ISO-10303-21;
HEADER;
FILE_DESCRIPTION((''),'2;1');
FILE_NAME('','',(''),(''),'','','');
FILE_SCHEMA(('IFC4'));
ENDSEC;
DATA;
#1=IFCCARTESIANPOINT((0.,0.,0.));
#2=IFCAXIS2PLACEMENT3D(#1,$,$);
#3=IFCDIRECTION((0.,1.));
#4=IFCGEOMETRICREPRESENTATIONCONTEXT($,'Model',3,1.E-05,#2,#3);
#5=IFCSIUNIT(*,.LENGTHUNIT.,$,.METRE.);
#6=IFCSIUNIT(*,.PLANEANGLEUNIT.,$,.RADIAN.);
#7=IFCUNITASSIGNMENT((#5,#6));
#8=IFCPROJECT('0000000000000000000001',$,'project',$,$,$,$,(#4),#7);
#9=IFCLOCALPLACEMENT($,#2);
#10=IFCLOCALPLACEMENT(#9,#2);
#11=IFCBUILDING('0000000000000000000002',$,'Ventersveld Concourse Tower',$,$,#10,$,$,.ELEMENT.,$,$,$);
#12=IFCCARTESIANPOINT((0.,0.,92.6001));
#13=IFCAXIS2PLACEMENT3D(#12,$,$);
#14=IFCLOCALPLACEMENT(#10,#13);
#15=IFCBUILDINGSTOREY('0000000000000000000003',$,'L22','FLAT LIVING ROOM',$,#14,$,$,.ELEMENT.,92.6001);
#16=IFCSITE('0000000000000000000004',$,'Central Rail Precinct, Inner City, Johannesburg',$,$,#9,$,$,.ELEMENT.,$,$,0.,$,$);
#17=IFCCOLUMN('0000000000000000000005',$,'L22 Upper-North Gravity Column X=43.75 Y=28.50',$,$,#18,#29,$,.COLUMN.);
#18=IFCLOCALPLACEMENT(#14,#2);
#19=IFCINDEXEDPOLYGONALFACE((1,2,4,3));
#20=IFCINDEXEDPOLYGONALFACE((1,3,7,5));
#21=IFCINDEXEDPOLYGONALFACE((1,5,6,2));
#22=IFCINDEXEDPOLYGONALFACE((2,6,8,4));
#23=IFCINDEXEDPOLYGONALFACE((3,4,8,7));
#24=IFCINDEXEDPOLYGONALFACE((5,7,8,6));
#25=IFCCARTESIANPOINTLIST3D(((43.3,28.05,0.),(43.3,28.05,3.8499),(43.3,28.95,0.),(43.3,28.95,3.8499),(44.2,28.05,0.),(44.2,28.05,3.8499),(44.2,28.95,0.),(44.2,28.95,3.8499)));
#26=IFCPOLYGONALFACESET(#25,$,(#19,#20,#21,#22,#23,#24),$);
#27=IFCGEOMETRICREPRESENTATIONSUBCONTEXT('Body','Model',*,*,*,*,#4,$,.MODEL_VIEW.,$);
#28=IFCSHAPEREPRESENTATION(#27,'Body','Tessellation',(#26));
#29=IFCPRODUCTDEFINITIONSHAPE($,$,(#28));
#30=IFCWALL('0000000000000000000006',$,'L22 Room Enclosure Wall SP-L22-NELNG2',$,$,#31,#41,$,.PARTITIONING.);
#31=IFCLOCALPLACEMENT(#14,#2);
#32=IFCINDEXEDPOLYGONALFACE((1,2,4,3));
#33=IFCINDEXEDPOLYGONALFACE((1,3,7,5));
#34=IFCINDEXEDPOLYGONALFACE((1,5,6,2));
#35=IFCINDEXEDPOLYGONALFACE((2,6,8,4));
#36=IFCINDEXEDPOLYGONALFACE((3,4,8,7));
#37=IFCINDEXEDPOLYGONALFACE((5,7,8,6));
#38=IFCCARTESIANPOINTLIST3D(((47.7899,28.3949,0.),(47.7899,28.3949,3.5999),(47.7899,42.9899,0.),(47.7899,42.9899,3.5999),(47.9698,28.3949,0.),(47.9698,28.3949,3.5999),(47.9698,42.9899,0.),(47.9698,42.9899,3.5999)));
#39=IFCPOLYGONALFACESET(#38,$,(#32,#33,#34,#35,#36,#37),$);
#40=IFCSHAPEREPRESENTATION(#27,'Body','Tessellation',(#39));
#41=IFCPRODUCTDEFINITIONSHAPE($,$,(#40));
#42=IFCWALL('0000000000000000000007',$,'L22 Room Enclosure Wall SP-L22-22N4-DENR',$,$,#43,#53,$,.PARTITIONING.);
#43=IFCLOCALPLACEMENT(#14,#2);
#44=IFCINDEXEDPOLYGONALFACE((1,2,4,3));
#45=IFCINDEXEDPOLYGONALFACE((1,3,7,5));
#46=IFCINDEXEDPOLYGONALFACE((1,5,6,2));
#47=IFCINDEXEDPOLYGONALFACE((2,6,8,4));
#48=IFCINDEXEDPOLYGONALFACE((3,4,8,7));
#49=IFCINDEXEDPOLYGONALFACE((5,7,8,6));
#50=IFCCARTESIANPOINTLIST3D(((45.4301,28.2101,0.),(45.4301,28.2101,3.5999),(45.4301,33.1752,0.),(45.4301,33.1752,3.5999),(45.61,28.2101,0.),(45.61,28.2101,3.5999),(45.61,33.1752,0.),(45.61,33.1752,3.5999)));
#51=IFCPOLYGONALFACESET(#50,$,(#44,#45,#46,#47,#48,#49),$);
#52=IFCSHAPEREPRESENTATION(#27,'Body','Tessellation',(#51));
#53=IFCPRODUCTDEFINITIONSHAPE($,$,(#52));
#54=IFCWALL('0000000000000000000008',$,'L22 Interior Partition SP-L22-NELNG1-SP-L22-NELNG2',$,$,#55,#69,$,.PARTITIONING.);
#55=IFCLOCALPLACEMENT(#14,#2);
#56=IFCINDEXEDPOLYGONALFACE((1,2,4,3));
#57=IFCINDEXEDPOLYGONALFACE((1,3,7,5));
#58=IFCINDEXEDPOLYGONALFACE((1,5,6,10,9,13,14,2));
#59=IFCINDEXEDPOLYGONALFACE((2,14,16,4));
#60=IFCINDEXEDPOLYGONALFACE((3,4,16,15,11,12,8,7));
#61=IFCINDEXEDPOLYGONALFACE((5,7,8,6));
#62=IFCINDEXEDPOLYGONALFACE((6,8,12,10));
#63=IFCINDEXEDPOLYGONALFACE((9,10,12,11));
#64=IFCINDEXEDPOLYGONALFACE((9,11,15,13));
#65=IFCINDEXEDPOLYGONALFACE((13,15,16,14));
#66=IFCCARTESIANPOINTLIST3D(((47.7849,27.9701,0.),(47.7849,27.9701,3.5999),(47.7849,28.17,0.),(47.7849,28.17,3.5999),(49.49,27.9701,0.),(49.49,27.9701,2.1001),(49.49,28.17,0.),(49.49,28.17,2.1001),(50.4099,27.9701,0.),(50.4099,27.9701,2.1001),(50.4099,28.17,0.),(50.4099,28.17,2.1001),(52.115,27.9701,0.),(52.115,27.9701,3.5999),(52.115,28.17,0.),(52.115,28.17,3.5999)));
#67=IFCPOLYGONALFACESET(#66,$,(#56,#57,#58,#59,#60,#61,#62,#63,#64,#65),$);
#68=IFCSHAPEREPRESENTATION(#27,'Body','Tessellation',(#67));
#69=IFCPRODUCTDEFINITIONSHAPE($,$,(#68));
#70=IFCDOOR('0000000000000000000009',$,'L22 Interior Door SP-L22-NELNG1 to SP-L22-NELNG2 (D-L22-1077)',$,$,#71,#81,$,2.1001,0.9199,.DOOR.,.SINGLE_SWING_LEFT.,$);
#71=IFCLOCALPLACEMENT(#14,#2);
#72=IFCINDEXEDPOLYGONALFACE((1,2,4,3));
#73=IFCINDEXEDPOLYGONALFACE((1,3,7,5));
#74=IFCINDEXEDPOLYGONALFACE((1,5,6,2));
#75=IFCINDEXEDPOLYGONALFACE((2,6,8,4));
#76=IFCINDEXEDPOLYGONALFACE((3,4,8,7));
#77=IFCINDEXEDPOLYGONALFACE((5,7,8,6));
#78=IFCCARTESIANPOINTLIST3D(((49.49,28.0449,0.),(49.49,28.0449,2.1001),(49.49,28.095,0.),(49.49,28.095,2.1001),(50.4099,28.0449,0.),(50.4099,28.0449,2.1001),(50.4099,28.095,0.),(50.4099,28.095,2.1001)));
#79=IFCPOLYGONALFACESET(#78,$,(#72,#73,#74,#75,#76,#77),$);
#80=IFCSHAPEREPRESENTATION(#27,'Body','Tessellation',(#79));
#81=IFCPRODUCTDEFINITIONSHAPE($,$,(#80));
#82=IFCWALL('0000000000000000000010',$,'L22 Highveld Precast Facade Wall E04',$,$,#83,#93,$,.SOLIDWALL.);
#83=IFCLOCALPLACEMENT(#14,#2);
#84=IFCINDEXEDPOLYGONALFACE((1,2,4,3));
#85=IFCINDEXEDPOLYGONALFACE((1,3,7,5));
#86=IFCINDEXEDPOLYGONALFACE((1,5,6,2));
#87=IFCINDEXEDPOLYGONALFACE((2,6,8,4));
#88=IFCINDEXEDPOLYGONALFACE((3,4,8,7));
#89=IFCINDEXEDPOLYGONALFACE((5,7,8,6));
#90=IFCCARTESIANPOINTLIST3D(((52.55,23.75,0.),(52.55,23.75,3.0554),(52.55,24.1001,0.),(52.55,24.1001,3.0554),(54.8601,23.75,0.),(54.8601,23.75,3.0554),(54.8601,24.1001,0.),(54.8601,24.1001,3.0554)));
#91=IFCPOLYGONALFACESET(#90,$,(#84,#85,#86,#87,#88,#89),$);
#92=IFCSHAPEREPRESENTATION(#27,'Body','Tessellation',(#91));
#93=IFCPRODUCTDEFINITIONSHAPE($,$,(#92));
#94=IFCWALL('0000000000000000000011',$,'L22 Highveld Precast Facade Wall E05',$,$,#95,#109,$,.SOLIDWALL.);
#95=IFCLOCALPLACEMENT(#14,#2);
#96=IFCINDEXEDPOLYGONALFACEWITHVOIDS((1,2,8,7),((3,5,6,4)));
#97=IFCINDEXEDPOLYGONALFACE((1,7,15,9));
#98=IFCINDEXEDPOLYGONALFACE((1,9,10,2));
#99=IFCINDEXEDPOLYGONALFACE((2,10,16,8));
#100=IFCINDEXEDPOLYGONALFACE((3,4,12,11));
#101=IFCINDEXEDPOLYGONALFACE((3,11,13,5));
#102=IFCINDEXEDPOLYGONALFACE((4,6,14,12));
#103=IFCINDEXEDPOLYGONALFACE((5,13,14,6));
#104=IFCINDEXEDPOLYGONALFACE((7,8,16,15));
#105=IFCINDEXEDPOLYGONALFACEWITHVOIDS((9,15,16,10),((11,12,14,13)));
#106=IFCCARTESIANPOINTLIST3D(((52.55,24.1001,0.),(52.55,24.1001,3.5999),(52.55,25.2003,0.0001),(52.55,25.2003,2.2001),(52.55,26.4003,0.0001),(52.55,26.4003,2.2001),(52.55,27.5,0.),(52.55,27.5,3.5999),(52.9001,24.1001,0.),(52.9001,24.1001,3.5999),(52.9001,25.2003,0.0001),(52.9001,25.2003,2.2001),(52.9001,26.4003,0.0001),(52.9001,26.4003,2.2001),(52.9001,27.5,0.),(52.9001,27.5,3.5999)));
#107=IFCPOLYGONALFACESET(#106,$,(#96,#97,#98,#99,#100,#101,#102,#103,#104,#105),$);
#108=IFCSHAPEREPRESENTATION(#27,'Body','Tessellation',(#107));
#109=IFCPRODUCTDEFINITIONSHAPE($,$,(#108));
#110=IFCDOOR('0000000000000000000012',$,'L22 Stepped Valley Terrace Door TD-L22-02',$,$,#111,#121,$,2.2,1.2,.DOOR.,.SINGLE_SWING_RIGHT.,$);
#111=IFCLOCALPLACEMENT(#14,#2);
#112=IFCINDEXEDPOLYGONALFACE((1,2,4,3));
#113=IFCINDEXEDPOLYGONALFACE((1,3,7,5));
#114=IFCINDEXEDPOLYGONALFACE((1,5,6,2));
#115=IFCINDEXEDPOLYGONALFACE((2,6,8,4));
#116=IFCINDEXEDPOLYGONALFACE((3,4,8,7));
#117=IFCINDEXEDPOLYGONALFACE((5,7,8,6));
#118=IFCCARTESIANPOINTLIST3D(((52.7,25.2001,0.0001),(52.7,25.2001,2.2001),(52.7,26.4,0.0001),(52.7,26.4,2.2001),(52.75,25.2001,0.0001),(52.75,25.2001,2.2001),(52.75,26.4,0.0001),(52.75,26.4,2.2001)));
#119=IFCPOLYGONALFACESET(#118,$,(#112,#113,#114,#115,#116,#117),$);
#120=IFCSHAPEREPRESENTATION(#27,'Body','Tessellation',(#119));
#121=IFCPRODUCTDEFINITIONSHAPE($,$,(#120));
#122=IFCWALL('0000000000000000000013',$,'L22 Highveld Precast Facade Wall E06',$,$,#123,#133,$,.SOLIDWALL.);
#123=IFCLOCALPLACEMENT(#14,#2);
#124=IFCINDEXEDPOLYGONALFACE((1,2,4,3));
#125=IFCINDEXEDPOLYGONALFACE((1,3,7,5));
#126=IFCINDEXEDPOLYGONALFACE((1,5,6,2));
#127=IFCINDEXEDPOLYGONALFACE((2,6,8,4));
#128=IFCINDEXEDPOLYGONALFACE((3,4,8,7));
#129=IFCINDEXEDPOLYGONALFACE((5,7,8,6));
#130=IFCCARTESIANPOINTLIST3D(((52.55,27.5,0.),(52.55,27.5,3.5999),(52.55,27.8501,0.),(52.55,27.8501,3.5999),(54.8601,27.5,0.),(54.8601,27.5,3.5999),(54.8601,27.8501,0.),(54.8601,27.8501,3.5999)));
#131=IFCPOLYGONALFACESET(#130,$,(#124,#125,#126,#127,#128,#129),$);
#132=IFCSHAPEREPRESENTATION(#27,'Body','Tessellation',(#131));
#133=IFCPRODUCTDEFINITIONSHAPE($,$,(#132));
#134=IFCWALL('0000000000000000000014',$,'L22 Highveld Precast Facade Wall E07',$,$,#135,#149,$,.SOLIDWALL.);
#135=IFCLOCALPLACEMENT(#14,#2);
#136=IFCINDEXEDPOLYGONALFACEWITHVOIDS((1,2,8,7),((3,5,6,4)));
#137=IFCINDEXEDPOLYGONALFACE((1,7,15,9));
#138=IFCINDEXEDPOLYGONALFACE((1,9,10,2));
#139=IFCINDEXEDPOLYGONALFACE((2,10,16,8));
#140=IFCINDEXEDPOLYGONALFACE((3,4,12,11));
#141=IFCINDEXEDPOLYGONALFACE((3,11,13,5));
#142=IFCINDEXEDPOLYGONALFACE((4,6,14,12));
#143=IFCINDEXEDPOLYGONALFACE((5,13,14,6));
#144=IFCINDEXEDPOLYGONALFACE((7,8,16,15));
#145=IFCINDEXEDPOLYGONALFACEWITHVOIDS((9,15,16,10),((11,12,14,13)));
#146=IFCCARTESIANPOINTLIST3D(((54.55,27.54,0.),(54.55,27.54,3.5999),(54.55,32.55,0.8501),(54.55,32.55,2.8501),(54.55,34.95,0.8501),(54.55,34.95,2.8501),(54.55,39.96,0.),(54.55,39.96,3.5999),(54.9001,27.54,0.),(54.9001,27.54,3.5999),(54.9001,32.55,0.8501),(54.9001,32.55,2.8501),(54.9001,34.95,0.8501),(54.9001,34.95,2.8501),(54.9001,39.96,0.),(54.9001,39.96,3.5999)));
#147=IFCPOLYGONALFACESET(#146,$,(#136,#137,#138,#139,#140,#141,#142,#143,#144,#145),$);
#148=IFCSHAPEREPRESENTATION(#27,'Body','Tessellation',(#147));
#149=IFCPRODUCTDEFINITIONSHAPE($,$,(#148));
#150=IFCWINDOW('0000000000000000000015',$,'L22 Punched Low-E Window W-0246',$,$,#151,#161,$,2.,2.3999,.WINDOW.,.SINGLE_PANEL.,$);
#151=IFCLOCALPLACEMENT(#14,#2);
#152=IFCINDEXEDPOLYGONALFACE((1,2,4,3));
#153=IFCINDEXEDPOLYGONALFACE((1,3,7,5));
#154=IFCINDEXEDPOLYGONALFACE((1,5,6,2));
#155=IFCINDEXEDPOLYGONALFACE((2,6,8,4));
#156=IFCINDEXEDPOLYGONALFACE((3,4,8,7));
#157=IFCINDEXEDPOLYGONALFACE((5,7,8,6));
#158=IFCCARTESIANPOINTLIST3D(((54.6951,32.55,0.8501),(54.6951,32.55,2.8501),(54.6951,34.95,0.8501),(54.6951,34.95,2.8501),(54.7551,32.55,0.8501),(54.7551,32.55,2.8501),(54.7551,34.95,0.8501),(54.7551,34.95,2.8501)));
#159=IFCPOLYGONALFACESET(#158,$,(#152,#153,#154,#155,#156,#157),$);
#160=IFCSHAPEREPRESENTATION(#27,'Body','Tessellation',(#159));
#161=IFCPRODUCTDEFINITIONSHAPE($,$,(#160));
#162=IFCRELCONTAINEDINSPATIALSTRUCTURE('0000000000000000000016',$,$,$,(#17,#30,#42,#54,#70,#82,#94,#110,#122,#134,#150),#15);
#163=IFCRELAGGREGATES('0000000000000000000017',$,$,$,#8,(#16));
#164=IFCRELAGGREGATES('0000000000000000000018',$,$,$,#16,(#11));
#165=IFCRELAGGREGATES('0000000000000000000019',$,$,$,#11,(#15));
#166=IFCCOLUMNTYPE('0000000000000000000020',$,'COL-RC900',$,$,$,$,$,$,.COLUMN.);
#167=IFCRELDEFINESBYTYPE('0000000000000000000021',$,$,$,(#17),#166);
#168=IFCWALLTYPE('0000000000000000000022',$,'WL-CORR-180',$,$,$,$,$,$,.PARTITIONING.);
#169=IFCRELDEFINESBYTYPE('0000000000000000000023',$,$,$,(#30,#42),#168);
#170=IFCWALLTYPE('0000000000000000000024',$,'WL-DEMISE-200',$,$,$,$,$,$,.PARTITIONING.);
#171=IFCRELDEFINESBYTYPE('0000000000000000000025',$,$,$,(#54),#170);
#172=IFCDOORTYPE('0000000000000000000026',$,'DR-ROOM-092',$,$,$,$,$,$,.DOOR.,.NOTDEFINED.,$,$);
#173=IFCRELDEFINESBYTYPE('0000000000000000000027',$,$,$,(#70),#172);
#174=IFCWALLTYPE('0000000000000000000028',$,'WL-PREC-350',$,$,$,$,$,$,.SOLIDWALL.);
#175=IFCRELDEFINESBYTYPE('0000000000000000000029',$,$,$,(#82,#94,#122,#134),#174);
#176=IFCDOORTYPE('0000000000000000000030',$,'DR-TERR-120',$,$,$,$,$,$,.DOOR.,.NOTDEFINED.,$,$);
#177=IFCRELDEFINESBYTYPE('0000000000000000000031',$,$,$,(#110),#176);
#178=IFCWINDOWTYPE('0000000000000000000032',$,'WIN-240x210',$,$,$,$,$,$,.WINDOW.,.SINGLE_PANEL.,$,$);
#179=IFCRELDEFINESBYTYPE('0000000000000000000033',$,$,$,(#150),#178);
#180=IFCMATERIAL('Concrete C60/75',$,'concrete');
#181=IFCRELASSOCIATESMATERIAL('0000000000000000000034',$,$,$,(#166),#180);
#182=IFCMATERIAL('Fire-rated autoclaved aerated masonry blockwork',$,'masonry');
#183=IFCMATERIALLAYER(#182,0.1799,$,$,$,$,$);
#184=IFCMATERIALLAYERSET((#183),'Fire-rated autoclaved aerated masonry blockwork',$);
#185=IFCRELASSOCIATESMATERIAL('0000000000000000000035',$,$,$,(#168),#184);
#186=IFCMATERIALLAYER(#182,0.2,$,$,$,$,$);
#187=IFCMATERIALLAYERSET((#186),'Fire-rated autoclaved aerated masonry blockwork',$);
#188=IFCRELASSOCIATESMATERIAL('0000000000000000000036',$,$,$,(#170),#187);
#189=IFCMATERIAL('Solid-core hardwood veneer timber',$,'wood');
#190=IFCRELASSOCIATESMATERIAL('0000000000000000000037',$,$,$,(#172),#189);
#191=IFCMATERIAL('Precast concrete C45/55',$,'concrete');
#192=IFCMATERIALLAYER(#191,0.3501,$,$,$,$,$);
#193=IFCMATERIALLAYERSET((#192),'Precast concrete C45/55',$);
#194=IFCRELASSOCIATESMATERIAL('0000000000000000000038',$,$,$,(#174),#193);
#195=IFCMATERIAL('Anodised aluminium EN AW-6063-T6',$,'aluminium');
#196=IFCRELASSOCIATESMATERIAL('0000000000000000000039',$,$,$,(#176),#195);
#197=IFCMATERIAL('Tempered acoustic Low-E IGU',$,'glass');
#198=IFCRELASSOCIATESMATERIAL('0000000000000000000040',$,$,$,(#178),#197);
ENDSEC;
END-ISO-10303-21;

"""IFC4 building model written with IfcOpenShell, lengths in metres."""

from ifc_helpers import new_model, si_unit, direction, frame, frame_2d, origin, origin_2d, place, context, subcontext, project, spatial, rectangle, extrude, material, layer, layer_set, material_profile, profile_set, type_object, element, fill, save


model = new_model("IFC4")

# Units and contexts
model_context = context("Model", 3, precision=1e-05, world=origin(), true_north=direction((0.0, 1.0)))
body_context = subcontext(model_context, "Body", "Model", "MODEL_VIEW")
ifc_project = project(units=[si_unit("LENGTHUNIT", "METRE"), si_unit("PLANEANGLEUNIT", "RADIAN")], contexts=[model_context])

# Site, building, storey
site_placement = place(None, origin())
site = spatial("IfcSite", under=ifc_project, at=site_placement, Name="Central Rail Precinct, Inner City, Johannesburg", CompositionType="ELEMENT", RefElevation=0.0)
building_placement = place(site_placement, origin())
building = spatial("IfcBuilding", under=site, at=building_placement, Name="Ventersveld Concourse Tower", CompositionType="ELEMENT")
storey_placement = place(building_placement, frame((0.0, 0.0, 92.6001)))
storey = spatial("IfcBuildingStorey", under=building, at=storey_placement, Name="L22", Description="FLAT LIVING ROOM", CompositionType="ELEMENT", Elevation=92.6001)

# Column
ifc_material_1 = material(Name="Concrete C60/75", Category="concrete")
ifc_material_profile = material_profile(ifc_material_1, rectangle(XDim=0.8999, YDim=0.8999, at=origin_2d()), Name="RC 900x900")
ifc_profile_set = profile_set([ifc_material_profile], Name="Concrete C60/75")
column_type = type_object("IfcColumnType", Name="COL-RC900", PredefinedType="COLUMN", material=ifc_profile_set)
column_placement = place(storey_placement, frame((43.75, 28.5, 0.0), z_axis=(0.0, 0.0, 1.0), x_axis=(1.0, 0.0, 0.0)))
element("IfcColumn", 1, at=column_placement, inside=storey, type_object=column_type, Name="L22 Upper-North Gravity Column X=43.75 Y=28.50", PredefinedType="COLUMN", context=body_context, shape_type="SweptSolid", body=[
    extrude(rectangle(XDim=0.8999, YDim=0.8999, at=origin_2d()), origin(), (0.0, 0.0, 1.0), 3.8499),
])

# Walls
ifc_material_2 = material(Name="Fire-rated autoclaved aerated masonry blockwork", Category="masonry")
ifc_layer_1 = layer(ifc_material_2, 0.1799)
ifc_layer_set_1 = layer_set([ifc_layer_1], Name="Fire-rated autoclaved aerated masonry blockwork")
wall_type_1 = type_object("IfcWallType", Name="WL-CORR-180", PredefinedType="PARTITIONING", material=ifc_layer_set_1)
wall_1_placement = place(storey_placement, frame((47.8799, 28.395, 0.0), z_axis=(0.0, 0.0, 1.0), x_axis=(0.0, 1.0, 0.0)))
element("IfcWall", 2, at=wall_1_placement, inside=storey, type_object=wall_type_1, Name="L22 Room Enclosure Wall SP-L22-NELNG2", PredefinedType="PARTITIONING", context=body_context, shape_type="SweptSolid", body=[
    extrude(rectangle(XDim=14.595, YDim=0.1799, at=frame_2d((7.2974, 0.0))), origin(), (0.0, 0.0, 1.0), 3.5999),
])
wall_2_placement = place(storey_placement, frame((45.52, 33.175, 0.0), z_axis=(0.0, 0.0, 1.0), x_axis=(0.0, -1.0, 0.0)))
element("IfcWall", 3, at=wall_2_placement, inside=storey, type_object=wall_type_1, Name="L22 Room Enclosure Wall SP-L22-22N4-DENR", PredefinedType="PARTITIONING", context=body_context, shape_type="SweptSolid", body=[
    extrude(rectangle(XDim=4.9651, YDim=0.1799, at=frame_2d((2.4824, 0.0))), origin(), (0.0, 0.0, 1.0), 3.5999),
])

# Wall, opening, door
ifc_layer_2 = layer(ifc_material_2, 0.2)
ifc_layer_set_2 = layer_set([ifc_layer_2], Name="Fire-rated autoclaved aerated masonry blockwork")
wall_type_2 = type_object("IfcWallType", Name="WL-DEMISE-200", PredefinedType="PARTITIONING", material=ifc_layer_set_2)
wall_3_placement = place(storey_placement, frame((47.7849, 28.0701, 0.0), z_axis=(0.0, 0.0, 1.0), x_axis=(1.0, 0.0, 0.0)))
wall_3 = element("IfcWall", 4, at=wall_3_placement, inside=storey, type_object=wall_type_2, Name="L22 Interior Partition SP-L22-NELNG1-SP-L22-NELNG2", PredefinedType="PARTITIONING", context=body_context, shape_type="SweptSolid", body=[
    extrude(rectangle(XDim=4.3301, YDim=0.2, at=frame_2d((2.165, 0.0))), origin(), (0.0, 0.0, 1.0), 3.5999),
])
opening_1_placement = place(wall_3_placement, frame((1.7051, 0.0, 0.0)))
opening_1 = element("IfcOpeningElement", 5, at=opening_1_placement, cuts=wall_3, PredefinedType="OPENING", context=body_context, shape_type="SweptSolid", body=[
    extrude(rectangle(XDim=0.9199, YDim=2.1001, at=frame_2d((0.46, 1.05))), frame((0.0, 0.1099, 0.0), z_axis=(0.0, -1.0, 0.0), x_axis=(1.0, 0.0, 0.0)), (0.0, 0.0, 1.0), 0.22),
])
ifc_material_3 = material(Name="Solid-core hardwood veneer timber", Category="wood")
door_type_1 = type_object("IfcDoorType", Name="DR-ROOM-092", OperationType="NOTDEFINED", PredefinedType="DOOR", material=ifc_material_3)
door_1_placement = place(opening_1_placement, origin())
door_1 = element("IfcDoor", 6, at=door_1_placement, inside=storey, type_object=door_type_1, Name="L22 Interior Door SP-L22-NELNG1 to SP-L22-NELNG2 (D-L22-1077)", OperationType="SINGLE_SWING_LEFT", OverallHeight=2.1001, OverallWidth=0.9199, PredefinedType="DOOR", context=body_context, shape_type="SweptSolid", body=[
    extrude(rectangle(XDim=0.9199, YDim=2.1001, at=frame_2d((0.46, 1.05))), frame((0.0, 0.0249, 0.0), z_axis=(0.0, -1.0, 0.0), x_axis=(1.0, 0.0, 0.0)), (0.0, 0.0, 1.0), 0.05),
])
fill(opening_1, door_1)

# Wall
ifc_material_4 = material(Name="Precast concrete C45/55", Category="concrete")
ifc_layer_3 = layer(ifc_material_4, 0.3501)
ifc_layer_set_3 = layer_set([ifc_layer_3], Name="Precast concrete C45/55")
wall_type_3 = type_object("IfcWallType", Name="WL-PREC-350", PredefinedType="SOLIDWALL", material=ifc_layer_set_3)
wall_4_placement = place(storey_placement, frame((54.8601, 23.925, 0.0), z_axis=(0.0, 0.0, 1.0), x_axis=(-1.0, 0.0, 0.0)))
element("IfcWall", 7, at=wall_4_placement, inside=storey, type_object=wall_type_3, Name="L22 Highveld Precast Facade Wall E04", PredefinedType="SOLIDWALL", context=body_context, shape_type="SweptSolid", body=[
    extrude(rectangle(XDim=2.3101, YDim=0.3501, at=frame_2d((1.155, 0.0))), origin(), (0.0, 0.0, 1.0), 3.0554),
])

# Wall, opening, door
wall_5_placement = place(storey_placement, frame((52.7251, 24.1001, 0.0), z_axis=(0.0, 0.0, 1.0), x_axis=(0.0, 1.0, 0.0)))
wall_5 = element("IfcWall", 8, at=wall_5_placement, inside=storey, type_object=wall_type_3, Name="L22 Highveld Precast Facade Wall E05", PredefinedType="SOLIDWALL", context=body_context, shape_type="SweptSolid", body=[
    extrude(rectangle(XDim=3.3999, YDim=0.3501, at=frame_2d((1.7, 0.0))), origin(), (0.0, 0.0, 1.0), 3.5999),
])
opening_2_placement = place(wall_5_placement, frame((1.1001, 0.0, 0.0)))
opening_2 = element("IfcOpeningElement", 9, at=opening_2_placement, cuts=wall_5, PredefinedType="OPENING", context=body_context, shape_type="SweptSolid", body=[
    extrude(rectangle(XDim=1.2, YDim=2.2, at=frame_2d((0.6001, 1.1001))), frame((0.0, 0.1851, 0.0), z_axis=(0.0, -1.0, 0.0), x_axis=(1.0, 0.0, 0.0)), (0.0, 0.0, 1.0), 0.3701),
])
ifc_material_5 = material(Name="Anodised aluminium EN AW-6063-T6", Category="aluminium")
door_type_2 = type_object("IfcDoorType", Name="DR-TERR-120", OperationType="NOTDEFINED", PredefinedType="DOOR", material=ifc_material_5)
door_2_placement = place(opening_2_placement, frame((1.2, 0.0, 0.0), z_axis=(0.0, 0.0, 1.0), x_axis=(-1.0, 0.0, 0.0)))
door_2 = element("IfcDoor", 10, at=door_2_placement, inside=storey, type_object=door_type_2, Name="L22 Stepped Valley Terrace Door TD-L22-02", OperationType="SINGLE_SWING_RIGHT", OverallHeight=2.2, OverallWidth=1.2, PredefinedType="DOOR", context=body_context, shape_type="SweptSolid", body=[
    extrude(rectangle(XDim=1.2, YDim=2.2, at=frame_2d((0.6001, 1.1001))), frame((0.0, 0.0249, 0.0), z_axis=(0.0, -1.0, 0.0), x_axis=(1.0, 0.0, 0.0)), (0.0, 0.0, 1.0), 0.05),
])
fill(opening_2, door_2)

# Wall
wall_6_placement = place(storey_placement, frame((52.55, 27.675, 0.0), z_axis=(0.0, 0.0, 1.0), x_axis=(1.0, 0.0, 0.0)))
element("IfcWall", 11, at=wall_6_placement, inside=storey, type_object=wall_type_3, Name="L22 Highveld Precast Facade Wall E06", PredefinedType="SOLIDWALL", context=body_context, shape_type="SweptSolid", body=[
    extrude(rectangle(XDim=2.3101, YDim=0.3501, at=frame_2d((1.155, 0.0))), origin(), (0.0, 0.0, 1.0), 3.5999),
])

# Wall, opening, window
wall_7_placement = place(storey_placement, frame((54.7251, 27.54, 0.0), z_axis=(0.0, 0.0, 1.0), x_axis=(0.0, 1.0, 0.0)))
wall_7 = element("IfcWall", 12, at=wall_7_placement, inside=storey, type_object=wall_type_3, Name="L22 Highveld Precast Facade Wall E07", PredefinedType="SOLIDWALL", context=body_context, shape_type="SweptSolid", body=[
    extrude(rectangle(XDim=12.4199, YDim=0.3501, at=frame_2d((6.21, 0.0))), origin(), (0.0, 0.0, 1.0), 3.5999),
])
opening_3_placement = place(wall_7_placement, frame((5.01, 0.0, 0.8501)))
opening_3 = element("IfcOpeningElement", 13, at=opening_3_placement, cuts=wall_7, PredefinedType="OPENING", context=body_context, shape_type="SweptSolid", body=[
    extrude(rectangle(XDim=2.3999, YDim=2.0, at=frame_2d((1.2, 1.0))), frame((0.0, 0.1851, 0.0), z_axis=(0.0, -1.0, 0.0), x_axis=(1.0, 0.0, 0.0)), (0.0, 0.0, 1.0), 0.3701),
])
ifc_material_6 = material(Name="Tempered acoustic Low-E IGU", Category="glass")
window_type = type_object("IfcWindowType", Name="WIN-240x210", PartitioningType="SINGLE_PANEL", PredefinedType="WINDOW", material=ifc_material_6)
window_placement = place(opening_3_placement, origin())
window = element("IfcWindow", 14, at=window_placement, inside=storey, type_object=window_type, Name="L22 Punched Low-E Window W-0246", OverallHeight=2.0, OverallWidth=2.3999, PartitioningType="SINGLE_PANEL", PredefinedType="WINDOW", context=body_context, shape_type="SweptSolid", body=[
    extrude(rectangle(XDim=2.3999, YDim=2.0, at=frame_2d((1.2, 1.0))), frame((0.0, 0.03, 0.0), z_axis=(0.0, -1.0, 0.0), x_axis=(1.0, 0.0, 0.0)), (0.0, 0.0, 1.0), 0.0601),
])
fill(opening_3, window)

save(model, "model.ifc")
